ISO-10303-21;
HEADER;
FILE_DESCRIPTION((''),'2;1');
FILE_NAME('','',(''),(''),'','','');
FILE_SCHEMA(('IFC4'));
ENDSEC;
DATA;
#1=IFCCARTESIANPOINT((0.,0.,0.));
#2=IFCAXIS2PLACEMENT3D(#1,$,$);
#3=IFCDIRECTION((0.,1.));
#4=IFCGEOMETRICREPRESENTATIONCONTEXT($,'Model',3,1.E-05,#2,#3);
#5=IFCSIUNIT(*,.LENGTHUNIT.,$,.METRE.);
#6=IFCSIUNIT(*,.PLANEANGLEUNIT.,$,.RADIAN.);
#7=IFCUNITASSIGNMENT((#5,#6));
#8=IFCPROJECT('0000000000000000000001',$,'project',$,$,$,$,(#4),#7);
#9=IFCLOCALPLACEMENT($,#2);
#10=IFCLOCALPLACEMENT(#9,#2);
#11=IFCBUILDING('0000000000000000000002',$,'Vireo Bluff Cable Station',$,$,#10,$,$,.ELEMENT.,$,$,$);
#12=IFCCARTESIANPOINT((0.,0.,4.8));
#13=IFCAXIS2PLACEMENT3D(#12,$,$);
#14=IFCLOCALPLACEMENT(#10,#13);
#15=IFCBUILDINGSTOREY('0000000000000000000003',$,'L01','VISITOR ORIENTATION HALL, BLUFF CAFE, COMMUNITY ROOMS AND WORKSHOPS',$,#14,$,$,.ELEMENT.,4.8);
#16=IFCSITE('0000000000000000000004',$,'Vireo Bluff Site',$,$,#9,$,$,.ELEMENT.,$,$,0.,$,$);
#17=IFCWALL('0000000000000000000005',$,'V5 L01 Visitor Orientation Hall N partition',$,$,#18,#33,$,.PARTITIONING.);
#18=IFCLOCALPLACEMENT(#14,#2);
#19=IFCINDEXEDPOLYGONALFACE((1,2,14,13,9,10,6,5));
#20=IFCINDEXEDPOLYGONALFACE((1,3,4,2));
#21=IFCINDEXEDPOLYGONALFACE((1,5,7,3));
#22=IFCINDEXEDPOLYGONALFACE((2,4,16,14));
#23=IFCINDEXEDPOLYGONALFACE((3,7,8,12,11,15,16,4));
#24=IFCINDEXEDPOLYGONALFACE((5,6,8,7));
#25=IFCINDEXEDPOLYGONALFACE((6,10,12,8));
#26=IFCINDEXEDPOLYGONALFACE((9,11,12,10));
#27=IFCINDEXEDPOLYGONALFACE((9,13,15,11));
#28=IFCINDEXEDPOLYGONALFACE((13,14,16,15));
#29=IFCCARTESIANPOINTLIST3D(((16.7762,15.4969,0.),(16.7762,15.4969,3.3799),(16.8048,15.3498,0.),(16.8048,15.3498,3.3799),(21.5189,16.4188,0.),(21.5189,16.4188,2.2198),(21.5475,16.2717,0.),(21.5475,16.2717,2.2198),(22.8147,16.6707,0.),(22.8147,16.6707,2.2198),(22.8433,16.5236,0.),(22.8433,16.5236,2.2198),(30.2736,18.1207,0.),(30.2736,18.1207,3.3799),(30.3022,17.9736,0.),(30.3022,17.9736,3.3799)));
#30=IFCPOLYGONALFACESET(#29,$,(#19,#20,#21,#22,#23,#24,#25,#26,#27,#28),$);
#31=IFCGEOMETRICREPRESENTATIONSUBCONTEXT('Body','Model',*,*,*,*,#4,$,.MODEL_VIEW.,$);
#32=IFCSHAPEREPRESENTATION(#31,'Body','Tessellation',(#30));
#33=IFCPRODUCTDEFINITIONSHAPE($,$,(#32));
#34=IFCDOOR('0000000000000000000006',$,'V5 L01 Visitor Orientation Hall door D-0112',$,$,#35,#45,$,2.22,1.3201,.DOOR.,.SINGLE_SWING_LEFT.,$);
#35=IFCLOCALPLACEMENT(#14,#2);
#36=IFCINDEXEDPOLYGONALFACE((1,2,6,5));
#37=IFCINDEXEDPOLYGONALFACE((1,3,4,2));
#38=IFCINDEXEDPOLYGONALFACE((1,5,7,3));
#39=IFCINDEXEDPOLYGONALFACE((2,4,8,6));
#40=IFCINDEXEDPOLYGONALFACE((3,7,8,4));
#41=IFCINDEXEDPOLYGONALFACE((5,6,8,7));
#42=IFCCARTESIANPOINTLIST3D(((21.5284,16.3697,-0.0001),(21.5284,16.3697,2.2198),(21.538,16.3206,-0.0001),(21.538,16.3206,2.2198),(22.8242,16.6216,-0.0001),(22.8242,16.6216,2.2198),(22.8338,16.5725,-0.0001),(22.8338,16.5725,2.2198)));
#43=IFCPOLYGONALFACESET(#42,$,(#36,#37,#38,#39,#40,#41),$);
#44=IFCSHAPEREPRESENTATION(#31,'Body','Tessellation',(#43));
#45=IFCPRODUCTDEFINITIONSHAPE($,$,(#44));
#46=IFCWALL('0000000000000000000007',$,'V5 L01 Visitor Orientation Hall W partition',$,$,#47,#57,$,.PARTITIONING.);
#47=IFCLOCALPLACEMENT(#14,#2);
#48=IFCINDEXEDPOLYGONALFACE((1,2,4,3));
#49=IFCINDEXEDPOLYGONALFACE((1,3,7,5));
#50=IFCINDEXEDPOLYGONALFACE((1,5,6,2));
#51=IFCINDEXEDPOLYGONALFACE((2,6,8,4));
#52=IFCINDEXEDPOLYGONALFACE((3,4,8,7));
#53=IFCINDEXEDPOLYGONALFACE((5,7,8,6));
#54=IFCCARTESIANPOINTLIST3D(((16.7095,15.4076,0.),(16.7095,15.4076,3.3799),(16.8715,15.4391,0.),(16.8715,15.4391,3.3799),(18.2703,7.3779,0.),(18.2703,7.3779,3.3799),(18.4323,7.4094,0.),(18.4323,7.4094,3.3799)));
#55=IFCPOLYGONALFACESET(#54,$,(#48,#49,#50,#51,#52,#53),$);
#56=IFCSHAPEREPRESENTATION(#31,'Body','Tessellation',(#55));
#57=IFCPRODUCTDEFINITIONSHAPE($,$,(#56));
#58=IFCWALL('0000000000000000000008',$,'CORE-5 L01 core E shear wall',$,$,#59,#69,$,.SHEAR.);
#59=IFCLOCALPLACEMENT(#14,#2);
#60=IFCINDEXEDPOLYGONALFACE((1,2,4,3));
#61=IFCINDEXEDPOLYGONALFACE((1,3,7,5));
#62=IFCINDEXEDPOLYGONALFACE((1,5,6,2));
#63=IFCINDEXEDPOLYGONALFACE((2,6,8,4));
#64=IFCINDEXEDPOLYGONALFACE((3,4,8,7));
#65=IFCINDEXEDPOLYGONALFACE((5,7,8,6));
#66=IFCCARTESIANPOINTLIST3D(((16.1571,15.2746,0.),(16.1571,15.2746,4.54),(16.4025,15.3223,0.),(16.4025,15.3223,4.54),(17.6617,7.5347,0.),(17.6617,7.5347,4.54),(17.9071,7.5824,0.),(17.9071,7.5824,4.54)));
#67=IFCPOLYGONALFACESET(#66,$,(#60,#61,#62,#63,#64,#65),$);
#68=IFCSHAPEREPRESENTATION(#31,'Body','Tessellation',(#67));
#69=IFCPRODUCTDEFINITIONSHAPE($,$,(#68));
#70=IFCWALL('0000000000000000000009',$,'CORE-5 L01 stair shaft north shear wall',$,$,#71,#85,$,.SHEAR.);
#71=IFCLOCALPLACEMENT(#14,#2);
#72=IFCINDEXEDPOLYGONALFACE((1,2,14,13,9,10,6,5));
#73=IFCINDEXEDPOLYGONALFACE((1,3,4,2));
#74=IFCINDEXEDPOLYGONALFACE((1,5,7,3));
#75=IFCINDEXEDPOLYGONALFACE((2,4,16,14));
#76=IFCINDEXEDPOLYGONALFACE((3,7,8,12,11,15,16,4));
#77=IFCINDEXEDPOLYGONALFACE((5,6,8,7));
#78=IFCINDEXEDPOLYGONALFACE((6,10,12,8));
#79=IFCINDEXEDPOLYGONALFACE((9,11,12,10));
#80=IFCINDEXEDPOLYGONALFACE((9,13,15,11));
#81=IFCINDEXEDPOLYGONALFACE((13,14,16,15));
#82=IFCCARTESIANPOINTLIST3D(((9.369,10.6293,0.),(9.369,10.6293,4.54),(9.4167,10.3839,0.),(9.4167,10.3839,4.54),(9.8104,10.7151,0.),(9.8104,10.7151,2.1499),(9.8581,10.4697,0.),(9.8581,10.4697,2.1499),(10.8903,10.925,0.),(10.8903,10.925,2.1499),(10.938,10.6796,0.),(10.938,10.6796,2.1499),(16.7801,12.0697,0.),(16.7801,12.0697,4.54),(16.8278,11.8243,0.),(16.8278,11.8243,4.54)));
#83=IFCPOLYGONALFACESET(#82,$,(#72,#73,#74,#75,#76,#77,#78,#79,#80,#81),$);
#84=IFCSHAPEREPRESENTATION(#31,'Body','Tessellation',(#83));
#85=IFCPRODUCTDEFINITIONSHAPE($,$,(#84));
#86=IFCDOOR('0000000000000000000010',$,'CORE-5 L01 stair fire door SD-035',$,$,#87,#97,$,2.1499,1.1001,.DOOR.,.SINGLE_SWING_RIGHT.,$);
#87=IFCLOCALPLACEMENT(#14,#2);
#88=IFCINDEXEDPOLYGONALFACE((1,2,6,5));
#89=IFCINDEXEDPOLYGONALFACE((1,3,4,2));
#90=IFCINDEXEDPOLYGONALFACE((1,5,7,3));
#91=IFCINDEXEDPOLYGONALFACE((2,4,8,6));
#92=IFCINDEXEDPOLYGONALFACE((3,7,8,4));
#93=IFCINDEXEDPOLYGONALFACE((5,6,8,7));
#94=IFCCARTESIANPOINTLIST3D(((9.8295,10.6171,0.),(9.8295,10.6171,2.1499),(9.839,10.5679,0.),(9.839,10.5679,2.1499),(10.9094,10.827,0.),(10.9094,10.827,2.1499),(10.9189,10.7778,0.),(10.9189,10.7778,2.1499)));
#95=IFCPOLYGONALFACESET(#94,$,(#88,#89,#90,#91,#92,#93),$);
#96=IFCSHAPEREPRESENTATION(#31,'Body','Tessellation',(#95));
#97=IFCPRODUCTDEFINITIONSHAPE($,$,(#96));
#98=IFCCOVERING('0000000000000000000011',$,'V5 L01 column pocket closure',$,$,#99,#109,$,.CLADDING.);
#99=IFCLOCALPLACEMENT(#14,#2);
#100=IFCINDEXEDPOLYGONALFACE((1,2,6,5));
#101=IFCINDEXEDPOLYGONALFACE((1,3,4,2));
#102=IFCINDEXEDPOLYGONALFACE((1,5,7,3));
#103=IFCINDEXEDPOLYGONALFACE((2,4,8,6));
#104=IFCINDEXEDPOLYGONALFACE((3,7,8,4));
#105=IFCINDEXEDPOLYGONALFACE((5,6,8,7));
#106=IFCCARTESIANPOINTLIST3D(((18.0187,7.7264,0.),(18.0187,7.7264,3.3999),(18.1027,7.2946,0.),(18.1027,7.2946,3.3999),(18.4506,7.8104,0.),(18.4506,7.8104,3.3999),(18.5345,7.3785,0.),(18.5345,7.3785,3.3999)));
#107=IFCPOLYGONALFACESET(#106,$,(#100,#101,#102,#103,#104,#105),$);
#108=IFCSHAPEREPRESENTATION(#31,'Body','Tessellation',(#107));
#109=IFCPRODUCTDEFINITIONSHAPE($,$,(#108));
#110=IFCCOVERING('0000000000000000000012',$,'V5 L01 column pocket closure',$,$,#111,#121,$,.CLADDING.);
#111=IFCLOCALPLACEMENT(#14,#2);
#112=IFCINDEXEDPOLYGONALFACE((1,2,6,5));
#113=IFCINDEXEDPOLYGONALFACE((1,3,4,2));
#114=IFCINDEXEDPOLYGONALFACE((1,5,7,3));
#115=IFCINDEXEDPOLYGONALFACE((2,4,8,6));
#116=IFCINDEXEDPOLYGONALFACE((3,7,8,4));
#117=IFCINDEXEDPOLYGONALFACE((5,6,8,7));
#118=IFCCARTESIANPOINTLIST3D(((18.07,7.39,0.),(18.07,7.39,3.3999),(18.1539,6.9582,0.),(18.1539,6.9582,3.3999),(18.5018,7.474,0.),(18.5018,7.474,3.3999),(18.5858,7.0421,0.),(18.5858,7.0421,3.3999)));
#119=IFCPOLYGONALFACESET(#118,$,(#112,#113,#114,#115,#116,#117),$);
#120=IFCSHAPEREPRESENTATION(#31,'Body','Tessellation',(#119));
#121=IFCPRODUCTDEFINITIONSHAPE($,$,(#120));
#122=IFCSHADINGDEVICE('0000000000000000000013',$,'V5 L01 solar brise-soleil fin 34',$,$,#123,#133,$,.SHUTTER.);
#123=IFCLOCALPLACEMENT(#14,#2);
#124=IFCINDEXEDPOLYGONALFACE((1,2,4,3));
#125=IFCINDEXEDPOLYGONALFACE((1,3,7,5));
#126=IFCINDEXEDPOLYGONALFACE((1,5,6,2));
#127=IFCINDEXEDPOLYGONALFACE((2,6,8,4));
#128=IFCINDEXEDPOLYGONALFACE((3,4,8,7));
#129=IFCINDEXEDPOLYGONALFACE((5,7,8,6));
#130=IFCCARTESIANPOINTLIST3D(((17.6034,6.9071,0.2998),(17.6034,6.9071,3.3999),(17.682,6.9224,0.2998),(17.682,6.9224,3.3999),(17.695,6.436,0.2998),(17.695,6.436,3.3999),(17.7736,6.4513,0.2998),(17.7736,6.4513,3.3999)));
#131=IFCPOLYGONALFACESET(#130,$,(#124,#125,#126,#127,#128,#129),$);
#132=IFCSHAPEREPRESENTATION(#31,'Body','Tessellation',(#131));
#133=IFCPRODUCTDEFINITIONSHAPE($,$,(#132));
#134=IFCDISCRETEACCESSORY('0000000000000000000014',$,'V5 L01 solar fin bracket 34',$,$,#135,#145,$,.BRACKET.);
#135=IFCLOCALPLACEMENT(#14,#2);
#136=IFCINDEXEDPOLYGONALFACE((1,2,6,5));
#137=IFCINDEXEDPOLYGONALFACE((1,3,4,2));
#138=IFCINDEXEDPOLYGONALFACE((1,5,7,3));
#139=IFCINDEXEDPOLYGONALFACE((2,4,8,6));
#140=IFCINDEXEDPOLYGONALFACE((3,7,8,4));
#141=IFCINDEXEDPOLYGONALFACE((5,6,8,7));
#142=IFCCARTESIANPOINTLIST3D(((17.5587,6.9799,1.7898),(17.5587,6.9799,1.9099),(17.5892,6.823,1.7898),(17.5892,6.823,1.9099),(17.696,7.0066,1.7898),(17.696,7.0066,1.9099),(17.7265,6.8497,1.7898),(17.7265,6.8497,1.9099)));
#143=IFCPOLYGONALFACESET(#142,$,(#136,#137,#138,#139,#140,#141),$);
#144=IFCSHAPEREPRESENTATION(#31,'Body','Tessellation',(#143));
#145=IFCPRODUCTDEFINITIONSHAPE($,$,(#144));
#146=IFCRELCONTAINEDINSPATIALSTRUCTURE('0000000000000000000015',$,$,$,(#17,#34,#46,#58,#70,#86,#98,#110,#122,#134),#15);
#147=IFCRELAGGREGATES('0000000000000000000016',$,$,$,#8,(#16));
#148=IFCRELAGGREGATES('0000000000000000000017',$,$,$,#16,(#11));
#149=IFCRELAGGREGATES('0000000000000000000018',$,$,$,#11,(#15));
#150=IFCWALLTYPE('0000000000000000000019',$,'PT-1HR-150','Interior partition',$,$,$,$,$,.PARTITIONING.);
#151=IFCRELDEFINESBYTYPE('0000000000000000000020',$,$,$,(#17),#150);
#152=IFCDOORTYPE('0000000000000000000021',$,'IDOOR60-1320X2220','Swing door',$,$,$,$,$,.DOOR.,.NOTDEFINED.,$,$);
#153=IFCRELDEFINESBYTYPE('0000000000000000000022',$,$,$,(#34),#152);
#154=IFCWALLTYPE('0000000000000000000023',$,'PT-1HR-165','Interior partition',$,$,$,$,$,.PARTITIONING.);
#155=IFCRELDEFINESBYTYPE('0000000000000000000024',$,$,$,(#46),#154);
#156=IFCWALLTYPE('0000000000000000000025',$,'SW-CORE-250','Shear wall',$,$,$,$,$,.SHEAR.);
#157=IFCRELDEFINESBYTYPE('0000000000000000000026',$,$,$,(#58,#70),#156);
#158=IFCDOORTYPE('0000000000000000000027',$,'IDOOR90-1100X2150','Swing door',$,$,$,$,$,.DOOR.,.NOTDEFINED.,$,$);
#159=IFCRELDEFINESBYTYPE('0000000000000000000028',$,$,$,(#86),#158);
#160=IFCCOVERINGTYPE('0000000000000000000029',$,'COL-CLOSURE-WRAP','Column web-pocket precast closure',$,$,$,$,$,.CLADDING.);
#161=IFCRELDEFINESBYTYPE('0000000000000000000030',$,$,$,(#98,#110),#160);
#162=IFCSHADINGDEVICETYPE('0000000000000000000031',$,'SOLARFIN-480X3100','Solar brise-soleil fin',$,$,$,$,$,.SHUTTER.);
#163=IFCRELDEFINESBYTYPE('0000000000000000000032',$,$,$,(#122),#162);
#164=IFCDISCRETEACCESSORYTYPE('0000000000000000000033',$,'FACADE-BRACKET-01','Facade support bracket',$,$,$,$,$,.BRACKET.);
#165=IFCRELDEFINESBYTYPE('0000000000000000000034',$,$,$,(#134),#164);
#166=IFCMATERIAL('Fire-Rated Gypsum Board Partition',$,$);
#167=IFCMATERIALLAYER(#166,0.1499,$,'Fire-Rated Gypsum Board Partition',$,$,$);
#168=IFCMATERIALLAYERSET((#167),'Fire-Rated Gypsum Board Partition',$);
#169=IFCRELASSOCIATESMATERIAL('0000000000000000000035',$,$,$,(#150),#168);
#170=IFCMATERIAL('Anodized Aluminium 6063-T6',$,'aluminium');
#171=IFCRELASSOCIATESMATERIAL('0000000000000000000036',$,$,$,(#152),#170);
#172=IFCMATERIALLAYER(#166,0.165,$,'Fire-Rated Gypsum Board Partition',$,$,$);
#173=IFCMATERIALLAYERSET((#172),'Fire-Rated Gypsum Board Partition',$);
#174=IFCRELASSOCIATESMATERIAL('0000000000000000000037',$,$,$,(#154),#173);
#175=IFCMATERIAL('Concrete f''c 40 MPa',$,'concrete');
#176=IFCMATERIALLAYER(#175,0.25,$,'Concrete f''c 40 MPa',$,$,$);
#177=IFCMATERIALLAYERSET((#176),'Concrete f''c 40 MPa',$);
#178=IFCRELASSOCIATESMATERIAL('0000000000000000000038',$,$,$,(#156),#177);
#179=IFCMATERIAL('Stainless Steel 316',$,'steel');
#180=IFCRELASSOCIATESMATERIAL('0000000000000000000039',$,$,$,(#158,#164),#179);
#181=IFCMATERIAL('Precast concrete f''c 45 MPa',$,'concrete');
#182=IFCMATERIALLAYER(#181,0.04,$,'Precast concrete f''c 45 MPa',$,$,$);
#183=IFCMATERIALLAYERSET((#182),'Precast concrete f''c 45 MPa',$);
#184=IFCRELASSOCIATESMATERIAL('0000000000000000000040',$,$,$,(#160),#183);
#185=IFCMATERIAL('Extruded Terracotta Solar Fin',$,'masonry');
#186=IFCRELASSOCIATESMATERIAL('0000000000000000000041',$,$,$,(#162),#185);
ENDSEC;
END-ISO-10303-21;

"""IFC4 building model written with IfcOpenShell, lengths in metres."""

from ifc_helpers import new_model, si_unit, direction, frame, frame_2d, origin, origin_with_axes, origin_2d, place, context, subcontext, project, spatial, rectangle, extrude, material, layer, layer_set, type_object, element, fill, save


model = new_model("IFC4")

# Units and contexts
model_context = context("Model", 3, precision=1e-05, world=origin(), true_north=direction((0.0, 1.0)))
body_context = subcontext(model_context, "Body", "Model", "MODEL_VIEW")
ifc_project = project(units=[si_unit("LENGTHUNIT", "METRE"), si_unit("PLANEANGLEUNIT", "RADIAN")], contexts=[model_context])

# Site, building, storey
site_placement = place(None, origin())
site = spatial("IfcSite", under=ifc_project, at=site_placement, Name="Vireo Bluff Site", CompositionType="ELEMENT", RefElevation=0.0)
building_placement = place(site_placement, origin())
building = spatial("IfcBuilding", under=site, at=building_placement, Name="Vireo Bluff Cable Station", CompositionType="ELEMENT")
storey_placement = place(building_placement, frame((0.0, 0.0, 4.8)))
storey = spatial("IfcBuildingStorey", under=building, at=storey_placement, Name="L01", Description="VISITOR ORIENTATION HALL, BLUFF CAFE, COMMUNITY ROOMS AND WORKSHOPS", CompositionType="ELEMENT", Elevation=4.8)

# Shared definitions
ifc_material_1 = material(Name="Precast concrete f'c 45 MPa", Category="concrete")

# Wall, opening, door
ifc_material_2 = material(Name="Fire-Rated Gypsum Board Partition")
ifc_material_3 = material(Name="Anodized Aluminium 6063-T6", Category="aluminium")
ifc_layer_1 = layer(ifc_material_2, 0.1499, Name="Fire-Rated Gypsum Board Partition")
ifc_layer_set_1 = layer_set([ifc_layer_1], Name="Fire-Rated Gypsum Board Partition")
wall_type_1 = type_object("IfcWallType", Name="PT-1HR-150", Description="Interior partition", PredefinedType="PARTITIONING", material=ifc_layer_set_1)
wall_1_placement = place(storey_placement, frame((16.7905, 15.4233, 0.0), z_axis=(0.0, 0.0, 1.0), x_axis=(0.981625, 0.190821, 0.0)))
wall_1 = element("IfcWall", 1, at=wall_1_placement, inside=storey, type_object=wall_type_1, Name="V5 L01 Visitor Orientation Hall N partition", PredefinedType="PARTITIONING", context=body_context, shape_type="SweptSolid", body=[
    extrude(rectangle(XDim=13.75, YDim=0.1499, at=frame_2d((6.875, 0.0))), origin(), (0.0, 0.0, 1.0), 3.3799),
])
opening_1_placement = place(wall_1_placement, frame((4.8313, 0.0, 0.0)))
opening_1 = element("IfcOpeningElement", 2, at=opening_1_placement, cuts=wall_1, PredefinedType="OPENING", context=body_context, shape_type="SweptSolid", body=[
    extrude(rectangle(XDim=1.3201, YDim=2.22, at=frame_2d((0.6602, 1.1099))), frame((0.0, 0.085, 0.0), z_axis=(0.0, -1.0, 0.0), x_axis=(1.0, 0.0, 0.0)), (0.0, 0.0, 1.0), 0.1699),
])
door_type_1 = type_object("IfcDoorType", Name="IDOOR60-1320X2220", Description="Swing door", OperationType="NOTDEFINED", PredefinedType="DOOR", material=ifc_material_3)
door_1_placement = place(opening_1_placement, origin_with_axes())
door_1 = element("IfcDoor", 3, at=door_1_placement, inside=storey, type_object=door_type_1, Name="V5 L01 Visitor Orientation Hall door D-0112", OperationType="SINGLE_SWING_LEFT", OverallHeight=2.22, OverallWidth=1.3201, PredefinedType="DOOR", context=body_context, shape_type="SweptSolid", body=[
    extrude(rectangle(XDim=1.3201, YDim=2.22, at=frame_2d((0.6602, 1.1099))), frame((0.0, 0.0249, 0.0), z_axis=(0.0, -1.0, 0.0), x_axis=(1.0, 0.0, 0.0)), (0.0, 0.0, 1.0), 0.05),
])
fill(opening_1, door_1)

# Wall
ifc_layer_2 = layer(ifc_material_2, 0.165, Name="Fire-Rated Gypsum Board Partition")
ifc_layer_set_2 = layer_set([ifc_layer_2], Name="Fire-Rated Gypsum Board Partition")
wall_type_2 = type_object("IfcWallType", Name="PT-1HR-165", Description="Interior partition", PredefinedType="PARTITIONING", material=ifc_layer_set_2)
wall_2_placement = place(storey_placement, frame((18.3513, 7.3938, 0.0), z_axis=(0.0, 0.0, 1.0), x_axis=(-0.19081, 0.981627, 0.0)))
element("IfcWall", 4, at=wall_2_placement, inside=storey, type_object=wall_type_2, Name="V5 L01 Visitor Orientation Hall W partition", PredefinedType="PARTITIONING", context=body_context, shape_type="SweptSolid", body=[
    extrude(rectangle(XDim=8.1799, YDim=0.165, at=frame_2d((4.0898, 0.0))), origin(), (0.0, 0.0, 1.0), 3.3799),
])

# Wall
ifc_material_4 = material(Name="Concrete f'c 40 MPa", Category="concrete")
ifc_layer_3 = layer(ifc_material_4, 0.25, Name="Concrete f'c 40 MPa")
ifc_layer_set_3 = layer_set([ifc_layer_3], Name="Concrete f'c 40 MPa")
wall_type_3 = type_object("IfcWallType", Name="SW-CORE-250", Description="Shear wall", PredefinedType="SHEAR", material=ifc_layer_set_3)
wall_3_placement = place(storey_placement, frame((17.7844, 7.5586, 0.0), z_axis=(0.0, 0.0, 1.0), x_axis=(-0.190826, 0.981624, 0.0)))
element("IfcWall", 5, at=wall_3_placement, inside=storey, type_object=wall_type_3, Name="CORE-5 L01 core E shear wall", PredefinedType="SHEAR", context=body_context, shape_type="SweptSolid", body=[
    extrude(rectangle(XDim=7.8848, YDim=0.25, at=frame_2d((3.9424, 0.0))), origin(), (0.0, 0.0, 1.0), 4.54),
])

# Wall, opening, door
wall_4_placement = place(storey_placement, frame((16.804, 11.947, 0.0), z_axis=(0.0, 0.0, 1.0), x_axis=(-0.981631, -0.19079, 0.0)))
wall_4 = element("IfcWall", 6, at=wall_4_placement, inside=storey, type_object=wall_type_3, Name="CORE-5 L01 stair shaft north shear wall", PredefinedType="SHEAR", context=body_context, shape_type="SweptSolid", body=[
    extrude(rectangle(XDim=7.5498, YDim=0.25, at=frame_2d((3.7749, 0.0))), origin(), (0.0, 0.0, 1.0), 4.54),
])
opening_2_placement = place(wall_4_placement, frame((6.0, 0.0, 0.0)))
opening_2 = element("IfcOpeningElement", 7, at=opening_2_placement, cuts=wall_4, PredefinedType="OPENING", context=body_context, shape_type="SweptSolid", body=[
    extrude(rectangle(XDim=1.1001, YDim=2.1499, at=frame_2d((0.55, 1.075))), frame((0.0, 0.135, 0.0), z_axis=(0.0, -1.0, 0.0), x_axis=(1.0, 0.0, 0.0)), (0.0, 0.0, 1.0), 0.27),
])
ifc_material_5 = material(Name="Stainless Steel 316", Category="steel")
door_type_2 = type_object("IfcDoorType", Name="IDOOR90-1100X2150", Description="Swing door", OperationType="NOTDEFINED", PredefinedType="DOOR", material=ifc_material_5)
door_2_placement = place(opening_2_placement, origin_with_axes())
door_2 = element("IfcDoor", 8, at=door_2_placement, inside=storey, type_object=door_type_2, Name="CORE-5 L01 stair fire door SD-035", OperationType="SINGLE_SWING_RIGHT", OverallHeight=2.1499, OverallWidth=1.1001, PredefinedType="DOOR", context=body_context, shape_type="SweptSolid", body=[
    extrude(rectangle(XDim=1.1001, YDim=2.1499, at=frame_2d((0.55, 1.075))), frame((0.0, 0.0249, 0.0), z_axis=(0.0, -1.0, 0.0), x_axis=(1.0, 0.0, 0.0)), (0.0, 0.0, 1.0), 0.05),
])
fill(opening_2, door_2)

# Coverings
ifc_layer_4 = layer(ifc_material_1, 0.04, Name="Precast concrete f'c 45 MPa")
ifc_layer_set_4 = layer_set([ifc_layer_4], Name="Precast concrete f'c 45 MPa")
covering_type = type_object("IfcCoveringType", Name="COL-CLOSURE-WRAP", Description="Column web-pocket precast closure", PredefinedType="CLADDING", material=ifc_layer_set_4)
for number, where, z_axis, x_axis, name in (
    (9, (18.2766, 7.5525, 0.0), (0.0, 0.0, 1.0), (0.981627, 0.190809, 0.0), "V5 L01 column pocket closure"),
    (10, (18.3279, 7.2161, 0.0), (0.0, 0.0, 1.0), (0.981627, 0.190809, 0.0), "V5 L01 column pocket closure"),
):
    element("IfcCovering", number, at=place(storey_placement, frame(where, z_axis=z_axis, x_axis=x_axis)), inside=storey, type_object=covering_type, Name=name, PredefinedType="CLADDING", context=body_context, shape_type="SweptSolid", body=[
        extrude(rectangle(XDim=0.4399, YDim=0.4399, at=origin_2d()), origin(), (0.0, 0.0, 1.0), 3.3999),
    ])

# Shading device
ifc_material_6 = material(Name="Extruded Terracotta Solar Fin", Category="masonry")
shading_device_type = type_object("IfcShadingDeviceType", Name="SOLARFIN-480X3100", Description="Solar brise-soleil fin", PredefinedType="SHUTTER", material=ifc_material_6)
shading_device_placement = place(storey_placement, frame((17.6885, 6.6792, 0.2998), z_axis=(0.0, 0.0, 1.0), x_axis=(-0.981627, -0.190809, 0.0)))
element("IfcShadingDevice", 11, at=shading_device_placement, inside=storey, type_object=shading_device_type, Name="V5 L01 solar brise-soleil fin 34", PredefinedType="SHUTTER", context=body_context, shape_type="SweptSolid", body=[
    extrude(rectangle(XDim=0.0801, YDim=0.48, at=origin_2d()), origin(), (0.0, 0.0, 1.0), 3.1001),
])

# Discrete accessory
discrete_accessory_type = type_object("IfcDiscreteAccessoryType", Name="FACADE-BRACKET-01", Description="Facade support bracket", PredefinedType="BRACKET", material=ifc_material_5)
discrete_accessory_placement = place(storey_placement, frame((17.6426, 6.9148, 1.7898), z_axis=(0.0, 0.0, 1.0), x_axis=(-0.981627, -0.190809, 0.0)))
element("IfcDiscreteAccessory", 12, at=discrete_accessory_placement, inside=storey, type_object=discrete_accessory_type, Name="V5 L01 solar fin bracket 34", PredefinedType="BRACKET", context=body_context, shape_type="SweptSolid", body=[
    extrude(rectangle(XDim=0.1399, YDim=0.1599, at=origin_2d()), origin(), (0.0, 0.0, 1.0), 0.1201),
])

save(model, "model.ifc")
